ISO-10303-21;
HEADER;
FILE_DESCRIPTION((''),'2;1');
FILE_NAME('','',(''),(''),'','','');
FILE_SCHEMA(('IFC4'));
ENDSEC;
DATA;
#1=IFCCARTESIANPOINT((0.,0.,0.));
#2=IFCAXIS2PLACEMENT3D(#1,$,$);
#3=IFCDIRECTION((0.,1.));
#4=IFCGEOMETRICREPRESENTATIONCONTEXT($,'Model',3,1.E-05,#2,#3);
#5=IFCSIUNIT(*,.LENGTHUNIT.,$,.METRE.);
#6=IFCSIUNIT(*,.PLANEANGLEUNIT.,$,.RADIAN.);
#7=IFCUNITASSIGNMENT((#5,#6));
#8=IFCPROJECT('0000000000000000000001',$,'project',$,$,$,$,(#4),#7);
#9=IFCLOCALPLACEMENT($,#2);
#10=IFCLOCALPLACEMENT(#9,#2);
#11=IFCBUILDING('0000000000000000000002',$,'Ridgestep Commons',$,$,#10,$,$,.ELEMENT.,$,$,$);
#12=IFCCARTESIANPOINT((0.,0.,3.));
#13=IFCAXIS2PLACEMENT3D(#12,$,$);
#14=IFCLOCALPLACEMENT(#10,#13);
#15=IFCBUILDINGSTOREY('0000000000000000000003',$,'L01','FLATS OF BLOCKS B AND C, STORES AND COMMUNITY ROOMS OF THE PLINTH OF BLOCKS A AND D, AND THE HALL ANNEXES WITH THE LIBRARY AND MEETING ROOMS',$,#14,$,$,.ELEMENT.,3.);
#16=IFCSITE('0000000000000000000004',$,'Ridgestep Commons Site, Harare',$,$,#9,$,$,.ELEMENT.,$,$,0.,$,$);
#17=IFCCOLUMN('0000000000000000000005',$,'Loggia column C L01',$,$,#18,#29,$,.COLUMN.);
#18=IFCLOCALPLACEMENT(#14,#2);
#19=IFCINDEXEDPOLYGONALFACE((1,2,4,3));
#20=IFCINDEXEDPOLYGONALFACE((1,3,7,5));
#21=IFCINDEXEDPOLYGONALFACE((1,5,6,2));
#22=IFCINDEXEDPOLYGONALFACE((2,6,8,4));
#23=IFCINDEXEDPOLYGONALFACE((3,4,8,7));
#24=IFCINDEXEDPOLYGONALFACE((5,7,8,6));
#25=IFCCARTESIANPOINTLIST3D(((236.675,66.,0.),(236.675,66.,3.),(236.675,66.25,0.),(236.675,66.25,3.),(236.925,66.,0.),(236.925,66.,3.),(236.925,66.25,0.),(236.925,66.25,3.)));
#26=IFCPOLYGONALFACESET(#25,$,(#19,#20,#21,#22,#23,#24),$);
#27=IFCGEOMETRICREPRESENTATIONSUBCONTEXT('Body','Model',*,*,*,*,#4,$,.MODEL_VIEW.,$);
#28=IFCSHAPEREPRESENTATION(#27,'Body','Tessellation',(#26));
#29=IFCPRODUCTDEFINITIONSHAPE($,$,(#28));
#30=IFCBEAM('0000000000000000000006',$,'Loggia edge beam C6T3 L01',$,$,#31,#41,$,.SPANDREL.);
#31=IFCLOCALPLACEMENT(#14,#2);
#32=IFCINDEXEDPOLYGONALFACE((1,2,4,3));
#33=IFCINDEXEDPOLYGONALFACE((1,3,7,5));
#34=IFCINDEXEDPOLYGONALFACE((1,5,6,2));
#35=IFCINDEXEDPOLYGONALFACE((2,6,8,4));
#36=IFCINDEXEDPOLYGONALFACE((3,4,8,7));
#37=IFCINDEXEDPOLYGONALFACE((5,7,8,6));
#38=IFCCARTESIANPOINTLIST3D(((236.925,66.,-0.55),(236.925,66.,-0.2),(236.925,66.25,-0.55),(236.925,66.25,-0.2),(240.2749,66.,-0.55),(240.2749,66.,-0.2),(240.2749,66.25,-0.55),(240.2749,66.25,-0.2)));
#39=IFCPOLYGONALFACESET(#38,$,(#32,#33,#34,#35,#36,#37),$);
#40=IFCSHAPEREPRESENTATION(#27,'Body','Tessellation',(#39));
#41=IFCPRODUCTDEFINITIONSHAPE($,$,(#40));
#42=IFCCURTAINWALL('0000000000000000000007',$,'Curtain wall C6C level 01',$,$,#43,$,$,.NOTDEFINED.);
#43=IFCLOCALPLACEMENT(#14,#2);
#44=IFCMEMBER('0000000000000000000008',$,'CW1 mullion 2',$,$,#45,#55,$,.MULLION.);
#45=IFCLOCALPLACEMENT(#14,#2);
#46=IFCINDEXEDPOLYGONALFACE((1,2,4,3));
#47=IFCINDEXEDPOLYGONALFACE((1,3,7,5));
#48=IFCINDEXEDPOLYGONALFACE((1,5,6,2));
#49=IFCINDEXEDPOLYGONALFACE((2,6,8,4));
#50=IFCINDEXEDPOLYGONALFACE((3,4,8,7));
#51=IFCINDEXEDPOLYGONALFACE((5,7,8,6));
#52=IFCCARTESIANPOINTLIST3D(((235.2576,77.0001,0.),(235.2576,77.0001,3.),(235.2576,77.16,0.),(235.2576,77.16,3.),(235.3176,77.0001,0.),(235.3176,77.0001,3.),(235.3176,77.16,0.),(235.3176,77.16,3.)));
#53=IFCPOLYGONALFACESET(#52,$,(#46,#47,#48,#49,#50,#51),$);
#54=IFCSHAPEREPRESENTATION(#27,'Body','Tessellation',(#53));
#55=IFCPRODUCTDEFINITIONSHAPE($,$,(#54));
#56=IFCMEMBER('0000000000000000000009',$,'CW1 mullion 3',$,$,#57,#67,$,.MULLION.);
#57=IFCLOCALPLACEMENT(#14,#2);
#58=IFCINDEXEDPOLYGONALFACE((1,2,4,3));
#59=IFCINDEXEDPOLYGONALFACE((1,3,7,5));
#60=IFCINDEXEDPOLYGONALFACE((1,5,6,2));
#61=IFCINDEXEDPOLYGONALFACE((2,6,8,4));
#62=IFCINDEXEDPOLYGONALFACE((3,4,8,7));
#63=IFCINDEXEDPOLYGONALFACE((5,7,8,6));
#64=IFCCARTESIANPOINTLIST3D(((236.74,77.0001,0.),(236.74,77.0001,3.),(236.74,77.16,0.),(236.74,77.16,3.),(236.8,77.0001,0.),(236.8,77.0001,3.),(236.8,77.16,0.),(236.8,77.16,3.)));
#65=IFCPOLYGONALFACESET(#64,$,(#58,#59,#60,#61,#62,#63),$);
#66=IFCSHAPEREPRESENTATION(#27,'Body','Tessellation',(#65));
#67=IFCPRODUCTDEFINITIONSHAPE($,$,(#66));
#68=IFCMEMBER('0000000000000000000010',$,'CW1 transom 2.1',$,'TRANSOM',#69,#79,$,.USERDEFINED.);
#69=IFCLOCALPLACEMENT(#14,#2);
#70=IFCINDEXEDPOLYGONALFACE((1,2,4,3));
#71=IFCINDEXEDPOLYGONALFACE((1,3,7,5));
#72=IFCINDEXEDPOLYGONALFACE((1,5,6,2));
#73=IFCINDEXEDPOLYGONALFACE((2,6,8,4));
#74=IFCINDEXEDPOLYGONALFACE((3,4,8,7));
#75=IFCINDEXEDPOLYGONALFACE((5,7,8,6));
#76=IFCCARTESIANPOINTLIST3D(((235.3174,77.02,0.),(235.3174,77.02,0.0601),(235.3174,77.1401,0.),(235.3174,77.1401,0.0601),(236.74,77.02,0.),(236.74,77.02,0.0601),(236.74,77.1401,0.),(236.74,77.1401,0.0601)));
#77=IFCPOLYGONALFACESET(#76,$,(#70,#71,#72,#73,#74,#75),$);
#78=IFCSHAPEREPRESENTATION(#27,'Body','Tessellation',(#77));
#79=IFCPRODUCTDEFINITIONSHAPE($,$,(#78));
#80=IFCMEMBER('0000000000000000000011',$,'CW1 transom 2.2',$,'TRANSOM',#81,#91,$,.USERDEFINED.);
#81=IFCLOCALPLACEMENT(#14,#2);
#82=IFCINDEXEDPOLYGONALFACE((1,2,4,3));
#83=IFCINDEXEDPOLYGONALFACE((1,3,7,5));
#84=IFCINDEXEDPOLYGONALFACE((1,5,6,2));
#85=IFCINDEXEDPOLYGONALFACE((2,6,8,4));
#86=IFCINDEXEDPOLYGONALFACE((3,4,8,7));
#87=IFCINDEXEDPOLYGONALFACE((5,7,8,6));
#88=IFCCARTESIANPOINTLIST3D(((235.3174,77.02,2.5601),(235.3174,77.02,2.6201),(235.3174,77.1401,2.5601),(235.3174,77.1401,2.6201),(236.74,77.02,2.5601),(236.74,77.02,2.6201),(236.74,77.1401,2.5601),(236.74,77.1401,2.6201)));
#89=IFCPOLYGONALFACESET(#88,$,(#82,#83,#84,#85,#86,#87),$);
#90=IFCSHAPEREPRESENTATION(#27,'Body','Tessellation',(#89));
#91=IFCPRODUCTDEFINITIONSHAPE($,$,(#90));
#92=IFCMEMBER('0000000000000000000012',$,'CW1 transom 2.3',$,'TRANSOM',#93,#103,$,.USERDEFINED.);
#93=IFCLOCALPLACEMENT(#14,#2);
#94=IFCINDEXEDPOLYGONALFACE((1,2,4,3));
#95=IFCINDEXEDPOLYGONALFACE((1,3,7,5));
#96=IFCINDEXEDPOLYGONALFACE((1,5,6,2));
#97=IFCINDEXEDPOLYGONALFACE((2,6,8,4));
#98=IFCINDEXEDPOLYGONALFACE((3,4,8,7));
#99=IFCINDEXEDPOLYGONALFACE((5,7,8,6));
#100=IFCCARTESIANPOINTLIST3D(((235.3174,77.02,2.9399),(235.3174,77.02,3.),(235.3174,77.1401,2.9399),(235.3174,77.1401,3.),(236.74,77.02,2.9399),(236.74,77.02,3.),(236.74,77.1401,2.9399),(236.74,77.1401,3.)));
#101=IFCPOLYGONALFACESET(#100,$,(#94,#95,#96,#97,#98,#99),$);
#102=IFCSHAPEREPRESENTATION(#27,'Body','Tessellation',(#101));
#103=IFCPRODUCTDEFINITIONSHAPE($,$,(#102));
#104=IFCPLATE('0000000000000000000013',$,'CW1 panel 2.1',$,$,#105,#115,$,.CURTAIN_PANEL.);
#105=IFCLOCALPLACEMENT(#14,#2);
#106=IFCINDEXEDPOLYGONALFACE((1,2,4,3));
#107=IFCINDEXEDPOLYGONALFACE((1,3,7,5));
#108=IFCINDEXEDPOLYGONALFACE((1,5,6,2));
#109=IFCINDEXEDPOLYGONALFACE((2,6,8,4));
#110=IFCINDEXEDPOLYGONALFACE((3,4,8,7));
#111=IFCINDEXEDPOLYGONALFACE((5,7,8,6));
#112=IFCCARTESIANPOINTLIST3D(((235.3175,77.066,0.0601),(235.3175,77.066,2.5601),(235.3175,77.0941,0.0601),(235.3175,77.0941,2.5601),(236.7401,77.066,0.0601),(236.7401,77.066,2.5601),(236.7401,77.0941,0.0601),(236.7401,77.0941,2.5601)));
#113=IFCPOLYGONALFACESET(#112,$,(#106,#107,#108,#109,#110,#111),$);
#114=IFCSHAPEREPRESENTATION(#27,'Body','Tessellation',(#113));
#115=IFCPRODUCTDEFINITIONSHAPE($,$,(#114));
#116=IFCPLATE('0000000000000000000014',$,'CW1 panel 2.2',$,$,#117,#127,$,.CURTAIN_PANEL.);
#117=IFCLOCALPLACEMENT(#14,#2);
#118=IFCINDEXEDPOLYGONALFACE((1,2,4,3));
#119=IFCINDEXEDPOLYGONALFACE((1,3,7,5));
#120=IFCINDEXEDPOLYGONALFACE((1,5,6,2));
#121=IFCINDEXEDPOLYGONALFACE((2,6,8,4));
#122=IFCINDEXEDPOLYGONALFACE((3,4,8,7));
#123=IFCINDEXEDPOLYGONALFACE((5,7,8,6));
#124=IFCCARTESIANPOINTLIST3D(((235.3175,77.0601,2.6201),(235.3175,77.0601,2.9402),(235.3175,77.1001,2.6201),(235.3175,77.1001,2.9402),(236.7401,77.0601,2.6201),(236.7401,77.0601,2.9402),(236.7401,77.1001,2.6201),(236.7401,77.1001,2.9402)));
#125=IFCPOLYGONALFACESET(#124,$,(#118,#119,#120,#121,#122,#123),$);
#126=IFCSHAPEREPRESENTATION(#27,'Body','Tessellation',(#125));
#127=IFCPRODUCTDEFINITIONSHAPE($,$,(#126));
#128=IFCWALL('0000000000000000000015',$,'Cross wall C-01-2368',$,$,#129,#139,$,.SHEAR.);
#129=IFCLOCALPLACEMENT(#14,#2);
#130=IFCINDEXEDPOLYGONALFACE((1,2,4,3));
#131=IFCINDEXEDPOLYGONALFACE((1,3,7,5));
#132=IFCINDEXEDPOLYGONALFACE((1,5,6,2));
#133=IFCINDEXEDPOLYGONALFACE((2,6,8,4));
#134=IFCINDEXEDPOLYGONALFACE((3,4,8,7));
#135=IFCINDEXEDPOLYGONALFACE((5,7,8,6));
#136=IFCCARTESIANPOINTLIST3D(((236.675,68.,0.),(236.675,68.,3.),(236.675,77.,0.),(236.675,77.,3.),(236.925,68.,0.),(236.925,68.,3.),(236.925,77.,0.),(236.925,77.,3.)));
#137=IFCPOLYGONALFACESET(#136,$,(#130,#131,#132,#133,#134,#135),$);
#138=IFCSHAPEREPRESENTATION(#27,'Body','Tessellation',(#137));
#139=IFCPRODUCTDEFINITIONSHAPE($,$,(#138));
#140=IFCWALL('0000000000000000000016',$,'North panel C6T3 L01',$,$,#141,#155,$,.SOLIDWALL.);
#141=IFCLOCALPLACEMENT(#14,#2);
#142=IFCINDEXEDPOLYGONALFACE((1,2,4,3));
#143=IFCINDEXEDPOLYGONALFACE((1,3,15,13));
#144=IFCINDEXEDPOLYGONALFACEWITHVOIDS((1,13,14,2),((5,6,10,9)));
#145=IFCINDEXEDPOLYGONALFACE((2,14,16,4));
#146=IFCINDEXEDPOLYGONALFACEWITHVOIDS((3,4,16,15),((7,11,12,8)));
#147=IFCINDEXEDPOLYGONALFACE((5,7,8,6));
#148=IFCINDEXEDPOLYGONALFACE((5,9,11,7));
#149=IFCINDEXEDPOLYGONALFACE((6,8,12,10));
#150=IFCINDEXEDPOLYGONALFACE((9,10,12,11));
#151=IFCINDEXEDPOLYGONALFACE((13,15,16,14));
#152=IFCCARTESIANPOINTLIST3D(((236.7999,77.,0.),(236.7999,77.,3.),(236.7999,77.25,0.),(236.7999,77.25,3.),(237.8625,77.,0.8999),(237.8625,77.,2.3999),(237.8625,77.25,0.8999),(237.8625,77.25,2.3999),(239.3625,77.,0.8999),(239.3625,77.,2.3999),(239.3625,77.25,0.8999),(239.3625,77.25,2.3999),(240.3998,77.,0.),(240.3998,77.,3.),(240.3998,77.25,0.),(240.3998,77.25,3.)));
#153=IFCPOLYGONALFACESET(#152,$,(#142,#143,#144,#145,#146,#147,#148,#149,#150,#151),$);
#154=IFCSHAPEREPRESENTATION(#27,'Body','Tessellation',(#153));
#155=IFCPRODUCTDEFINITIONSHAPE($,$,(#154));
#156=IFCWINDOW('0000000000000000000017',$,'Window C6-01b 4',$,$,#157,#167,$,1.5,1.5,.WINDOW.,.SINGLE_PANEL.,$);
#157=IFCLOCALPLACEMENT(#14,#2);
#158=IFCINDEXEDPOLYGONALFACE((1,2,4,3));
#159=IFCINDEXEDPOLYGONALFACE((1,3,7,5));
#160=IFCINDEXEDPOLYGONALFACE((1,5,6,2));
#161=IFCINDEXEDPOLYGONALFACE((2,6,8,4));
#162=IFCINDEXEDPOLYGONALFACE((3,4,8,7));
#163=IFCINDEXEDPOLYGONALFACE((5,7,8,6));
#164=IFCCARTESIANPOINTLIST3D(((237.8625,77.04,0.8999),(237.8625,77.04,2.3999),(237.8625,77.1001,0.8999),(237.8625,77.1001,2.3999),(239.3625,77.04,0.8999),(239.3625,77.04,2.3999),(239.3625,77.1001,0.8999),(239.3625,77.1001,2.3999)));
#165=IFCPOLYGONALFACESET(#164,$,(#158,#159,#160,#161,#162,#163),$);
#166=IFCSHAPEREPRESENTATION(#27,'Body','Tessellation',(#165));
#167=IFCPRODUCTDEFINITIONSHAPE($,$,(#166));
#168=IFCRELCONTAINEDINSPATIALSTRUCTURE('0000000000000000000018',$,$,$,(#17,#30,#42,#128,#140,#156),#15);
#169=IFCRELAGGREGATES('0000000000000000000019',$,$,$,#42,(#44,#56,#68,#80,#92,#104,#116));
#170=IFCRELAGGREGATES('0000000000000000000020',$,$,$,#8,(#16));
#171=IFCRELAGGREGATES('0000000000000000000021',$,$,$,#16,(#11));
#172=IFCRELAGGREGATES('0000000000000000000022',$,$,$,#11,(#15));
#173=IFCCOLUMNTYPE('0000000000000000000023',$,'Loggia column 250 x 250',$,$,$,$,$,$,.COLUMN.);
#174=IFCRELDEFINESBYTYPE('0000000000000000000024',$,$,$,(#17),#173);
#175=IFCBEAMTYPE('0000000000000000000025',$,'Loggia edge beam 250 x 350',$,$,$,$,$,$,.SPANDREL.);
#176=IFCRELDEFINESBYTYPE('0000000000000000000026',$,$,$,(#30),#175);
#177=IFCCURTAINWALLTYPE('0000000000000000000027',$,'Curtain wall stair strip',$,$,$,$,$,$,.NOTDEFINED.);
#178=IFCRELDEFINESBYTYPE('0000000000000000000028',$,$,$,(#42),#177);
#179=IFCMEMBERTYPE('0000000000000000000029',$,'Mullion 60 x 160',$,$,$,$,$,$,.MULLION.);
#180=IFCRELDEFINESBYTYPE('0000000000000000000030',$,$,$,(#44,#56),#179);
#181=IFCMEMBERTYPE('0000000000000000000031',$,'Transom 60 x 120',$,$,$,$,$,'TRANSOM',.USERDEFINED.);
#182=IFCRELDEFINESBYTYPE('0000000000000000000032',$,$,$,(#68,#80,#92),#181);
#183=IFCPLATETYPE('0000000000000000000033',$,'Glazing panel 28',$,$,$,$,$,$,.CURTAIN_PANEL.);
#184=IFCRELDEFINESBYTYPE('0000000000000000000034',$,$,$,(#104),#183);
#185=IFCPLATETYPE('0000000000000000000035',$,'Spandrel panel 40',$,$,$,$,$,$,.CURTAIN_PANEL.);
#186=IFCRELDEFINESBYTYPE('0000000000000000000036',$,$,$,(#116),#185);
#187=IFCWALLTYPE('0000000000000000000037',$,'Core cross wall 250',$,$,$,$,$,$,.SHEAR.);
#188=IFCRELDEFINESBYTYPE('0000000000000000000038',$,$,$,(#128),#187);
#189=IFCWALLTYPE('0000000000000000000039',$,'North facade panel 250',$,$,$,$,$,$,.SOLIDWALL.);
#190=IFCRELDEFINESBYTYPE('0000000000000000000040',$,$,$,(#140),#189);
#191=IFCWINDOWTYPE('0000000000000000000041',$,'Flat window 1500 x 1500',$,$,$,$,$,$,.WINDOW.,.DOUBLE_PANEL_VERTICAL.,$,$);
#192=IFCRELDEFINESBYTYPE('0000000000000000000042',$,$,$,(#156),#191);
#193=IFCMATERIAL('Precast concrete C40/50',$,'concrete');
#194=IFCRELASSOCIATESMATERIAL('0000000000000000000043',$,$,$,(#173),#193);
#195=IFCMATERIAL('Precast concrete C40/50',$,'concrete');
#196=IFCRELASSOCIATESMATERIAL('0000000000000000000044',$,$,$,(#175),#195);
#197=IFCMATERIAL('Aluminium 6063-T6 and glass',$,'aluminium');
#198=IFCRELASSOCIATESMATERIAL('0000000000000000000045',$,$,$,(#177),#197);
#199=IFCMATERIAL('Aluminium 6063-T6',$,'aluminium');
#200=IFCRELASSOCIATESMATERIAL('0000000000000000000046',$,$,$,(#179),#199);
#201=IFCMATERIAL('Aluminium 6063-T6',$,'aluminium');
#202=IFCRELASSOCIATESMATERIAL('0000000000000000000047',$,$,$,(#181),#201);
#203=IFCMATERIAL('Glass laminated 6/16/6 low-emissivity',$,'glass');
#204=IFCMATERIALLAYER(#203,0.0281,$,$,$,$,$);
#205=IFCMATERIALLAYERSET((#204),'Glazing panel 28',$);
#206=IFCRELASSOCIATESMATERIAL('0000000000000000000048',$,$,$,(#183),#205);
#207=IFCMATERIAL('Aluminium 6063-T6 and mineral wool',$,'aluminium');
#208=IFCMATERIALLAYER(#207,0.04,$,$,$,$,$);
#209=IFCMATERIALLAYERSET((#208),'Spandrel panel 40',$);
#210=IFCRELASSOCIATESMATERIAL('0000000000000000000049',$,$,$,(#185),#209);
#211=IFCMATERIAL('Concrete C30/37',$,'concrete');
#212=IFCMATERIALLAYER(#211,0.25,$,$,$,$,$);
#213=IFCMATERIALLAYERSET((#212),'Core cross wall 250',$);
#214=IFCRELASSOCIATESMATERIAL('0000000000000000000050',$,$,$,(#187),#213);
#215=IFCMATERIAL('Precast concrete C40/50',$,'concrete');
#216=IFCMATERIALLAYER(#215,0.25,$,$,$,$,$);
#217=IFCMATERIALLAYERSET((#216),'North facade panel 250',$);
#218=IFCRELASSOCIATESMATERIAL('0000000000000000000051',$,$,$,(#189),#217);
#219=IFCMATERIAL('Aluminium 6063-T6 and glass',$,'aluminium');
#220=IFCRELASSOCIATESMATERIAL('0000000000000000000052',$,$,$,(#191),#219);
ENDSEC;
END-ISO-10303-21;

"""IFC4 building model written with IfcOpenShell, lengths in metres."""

from ifc_helpers import new_model, si_unit, direction, frame, frame_2d, origin, origin_2d, place, context, subcontext, project, spatial, rectangle, extrude, material, layer, layer_set, material_profile, profile_set, type_object, element, fill, aggregate, save


model = new_model("IFC4")

# Units and contexts
model_context = context("Model", 3, precision=1e-05, world=origin(), true_north=direction((0.0, 1.0)))
body_context = subcontext(model_context, "Body", "Model", "MODEL_VIEW")
ifc_project = project(units=[si_unit("LENGTHUNIT", "METRE"), si_unit("PLANEANGLEUNIT", "RADIAN")], contexts=[model_context])

# Site, building, storey
site_placement = place(None, origin())
site = spatial("IfcSite", under=ifc_project, at=site_placement, Name="Ridgestep Commons Site, Harare", CompositionType="ELEMENT", RefElevation=0.0)
building_placement = place(site_placement, origin())
building = spatial("IfcBuilding", under=site, at=building_placement, Name="Ridgestep Commons", CompositionType="ELEMENT")
storey_placement = place(building_placement, frame((0.0, 0.0, 3.0)))
storey = spatial("IfcBuildingStorey", under=building, at=storey_placement, Name="L01", Description="FLATS OF BLOCKS B AND C, STORES AND COMMUNITY ROOMS OF THE PLINTH OF BLOCKS A AND D, AND THE HALL ANNEXES WITH THE LIBRARY AND MEETING ROOMS", CompositionType="ELEMENT", Elevation=3.0)

# Column
ifc_material_1 = material(Name="Precast concrete C40/50", Category="concrete")
ifc_material_profile_1 = material_profile(ifc_material_1, rectangle(XDim=0.25, YDim=0.25, at=origin_2d()), Name="PC 250x250")
ifc_profile_set_1 = profile_set([ifc_material_profile_1], Name="Precast concrete C40/50")
column_type = type_object("IfcColumnType", Name="Loggia column 250 x 250", PredefinedType="COLUMN", material=ifc_profile_set_1)
column_placement = place(storey_placement, frame((236.8, 66.125, 0.0), z_axis=(0.0, 0.0, 1.0), x_axis=(1.0, 0.0, 0.0)))
element("IfcColumn", 1, at=column_placement, inside=storey, type_object=column_type, Name="Loggia column C L01", PredefinedType="COLUMN", context=body_context, shape_type="SweptSolid", body=[
    extrude(rectangle(XDim=0.25, YDim=0.25, at=origin_2d()), origin(), (0.0, 0.0, 1.0), 3.0),
])

# Beam
ifc_material_2 = material(Name="Precast concrete C40/50", Category="concrete")
ifc_material_profile_2 = material_profile(ifc_material_2, rectangle(XDim=0.25, YDim=0.3501, at=origin_2d()), Name="PC 250x350")
ifc_profile_set_2 = profile_set([ifc_material_profile_2], Name="Precast concrete C40/50")
beam_type = type_object("IfcBeamType", Name="Loggia edge beam 250 x 350", PredefinedType="SPANDREL", material=ifc_profile_set_2)
beam_placement = place(storey_placement, frame((236.925, 66.125, -0.375), z_axis=(1.0, 0.0, 0.0), x_axis=(0.0, 1.0, 0.0)))
element("IfcBeam", 2, at=beam_placement, inside=storey, type_object=beam_type, Name="Loggia edge beam C6T3 L01", PredefinedType="SPANDREL", context=body_context, shape_type="SweptSolid", body=[
    extrude(rectangle(XDim=0.25, YDim=0.3501, at=origin_2d()), origin(), (0.0, 0.0, 1.0), 3.3499),
])

# Curtain wall, members, plates
ifc_material_3 = material(Name="Aluminium 6063-T6 and glass", Category="aluminium")
curtain_wall_type = type_object("IfcCurtainWallType", Name="Curtain wall stair strip", PredefinedType="NOTDEFINED", material=ifc_material_3)
curtain_wall_placement = place(storey_placement, origin())
curtain_wall = element("IfcCurtainWall", 3, at=curtain_wall_placement, inside=storey, type_object=curtain_wall_type, Name="Curtain wall C6C level 01", PredefinedType="NOTDEFINED")
ifc_material_4 = material(Name="Aluminium 6063-T6", Category="aluminium")
ifc_material_profile_3 = material_profile(ifc_material_4, rectangle(XDim=0.1599, YDim=0.0601, at=origin_2d()), Name="Mullion 60 x 160")
ifc_profile_set_3 = profile_set([ifc_material_profile_3], Name="Aluminium 6063-T6")
member_type_1 = type_object("IfcMemberType", Name="Mullion 60 x 160", PredefinedType="MULLION", material=ifc_profile_set_3)
member_1_placement = place(storey_placement, frame((235.2876, 77.0801, 0.0), z_axis=(0.0, 0.0, 1.0), x_axis=(0.0, 1.0, 0.0)))
member_1 = element("IfcMember", 4, at=member_1_placement, type_object=member_type_1, Name="CW1 mullion 2", PredefinedType="MULLION", context=body_context, shape_type="SweptSolid", body=[
    extrude(rectangle(XDim=0.1599, YDim=0.0601, at=origin_2d()), origin(), (0.0, 0.0, 1.0), 3.0),
])
member_2_placement = place(storey_placement, frame((236.77, 77.0801, 0.0), z_axis=(0.0, 0.0, 1.0), x_axis=(0.0, 1.0, 0.0)))
member_2 = element("IfcMember", 5, at=member_2_placement, type_object=member_type_1, Name="CW1 mullion 3", PredefinedType="MULLION", context=body_context, shape_type="SweptSolid", body=[
    extrude(rectangle(XDim=0.1599, YDim=0.0601, at=origin_2d()), origin(), (0.0, 0.0, 1.0), 3.0),
])
ifc_material_5 = material(Name="Aluminium 6063-T6", Category="aluminium")
ifc_material_profile_4 = material_profile(ifc_material_5, rectangle(XDim=0.1201, YDim=0.0601, at=origin_2d()), Name="Transom 60 x 120")
ifc_profile_set_4 = profile_set([ifc_material_profile_4], Name="Aluminium 6063-T6")
member_type_2 = type_object("IfcMemberType", Name="Transom 60 x 120", ElementType="TRANSOM", PredefinedType="USERDEFINED", material=ifc_profile_set_4)
member_3_placement = place(storey_placement, frame((235.3174, 77.0801, 0.03), z_axis=(1.0, 0.0, 0.0), x_axis=(0.0, 1.0, 0.0)))
member_3 = element("IfcMember", 6, at=member_3_placement, type_object=member_type_2, Name="CW1 transom 2.1", ObjectType="TRANSOM", PredefinedType="USERDEFINED", context=body_context, shape_type="SweptSolid", body=[
    extrude(rectangle(XDim=0.1201, YDim=0.0601, at=origin_2d()), origin(), (0.0, 0.0, 1.0), 1.4226),
])
member_4_placement = place(storey_placement, frame((235.3174, 77.0801, 2.5901), z_axis=(1.0, 0.0, 0.0), x_axis=(0.0, 1.0, 0.0)))
member_4 = element("IfcMember", 7, at=member_4_placement, type_object=member_type_2, Name="CW1 transom 2.2", ObjectType="TRANSOM", PredefinedType="USERDEFINED", context=body_context, shape_type="SweptSolid", body=[
    extrude(rectangle(XDim=0.1201, YDim=0.0601, at=origin_2d()), origin(), (0.0, 0.0, 1.0), 1.4226),
])
member_5_placement = place(storey_placement, frame((235.3174, 77.0801, 2.97), z_axis=(1.0, 0.0, 0.0), x_axis=(0.0, 1.0, 0.0)))
member_5 = element("IfcMember", 8, at=member_5_placement, type_object=member_type_2, Name="CW1 transom 2.3", ObjectType="TRANSOM", PredefinedType="USERDEFINED", context=body_context, shape_type="SweptSolid", body=[
    extrude(rectangle(XDim=0.1201, YDim=0.0601, at=origin_2d()), origin(), (0.0, 0.0, 1.0), 1.4226),
])
ifc_material_6 = material(Name="Glass laminated 6/16/6 low-emissivity", Category="glass")
ifc_layer_1 = layer(ifc_material_6, 0.0281)
ifc_layer_set_1 = layer_set([ifc_layer_1], Name="Glazing panel 28")
plate_type_1 = type_object("IfcPlateType", Name="Glazing panel 28", PredefinedType="CURTAIN_PANEL", material=ifc_layer_set_1)
plate_1_placement = place(storey_placement, frame((236.0288, 77.0801, 0.0601), z_axis=(0.0, 0.0, 1.0), x_axis=(1.0, 0.0, 0.0)))
plate_1 = element("IfcPlate", 9, at=plate_1_placement, type_object=plate_type_1, Name="CW1 panel 2.1", PredefinedType="CURTAIN_PANEL", context=body_context, shape_type="SweptSolid", body=[
    extrude(rectangle(XDim=1.4226, YDim=0.0281, at=origin_2d()), origin(), (0.0, 0.0, 1.0), 2.5),
])
ifc_material_7 = material(Name="Aluminium 6063-T6 and mineral wool", Category="aluminium")
ifc_layer_2 = layer(ifc_material_7, 0.04)
ifc_layer_set_2 = layer_set([ifc_layer_2], Name="Spandrel panel 40")
plate_type_2 = type_object("IfcPlateType", Name="Spandrel panel 40", PredefinedType="CURTAIN_PANEL", material=ifc_layer_set_2)
plate_2_placement = place(storey_placement, frame((236.0288, 77.0801, 2.6201), z_axis=(0.0, 0.0, 1.0), x_axis=(1.0, 0.0, 0.0)))
plate_2 = element("IfcPlate", 10, at=plate_2_placement, type_object=plate_type_2, Name="CW1 panel 2.2", PredefinedType="CURTAIN_PANEL", context=body_context, shape_type="SweptSolid", body=[
    extrude(rectangle(XDim=1.4226, YDim=0.04, at=origin_2d()), origin(), (0.0, 0.0, 1.0), 0.3201),
])
aggregate(curtain_wall, [member_1, member_2, member_3, member_4, member_5, plate_1, plate_2])

# Wall
ifc_material_8 = material(Name="Concrete C30/37", Category="concrete")
ifc_layer_3 = layer(ifc_material_8, 0.25)
ifc_layer_set_3 = layer_set([ifc_layer_3], Name="Core cross wall 250")
wall_type_1 = type_object("IfcWallType", Name="Core cross wall 250", PredefinedType="SHEAR", material=ifc_layer_set_3)
wall_1_placement = place(storey_placement, frame((236.8, 68.0, 0.0), z_axis=(0.0, 0.0, 1.0), x_axis=(0.0, 1.0, 0.0)))
element("IfcWall", 11, at=wall_1_placement, inside=storey, type_object=wall_type_1, Name="Cross wall C-01-2368", PredefinedType="SHEAR", context=body_context, shape_type="SweptSolid", body=[
    extrude(rectangle(XDim=9.0, YDim=0.25, at=frame_2d((4.5, 0.0))), origin(), (0.0, 0.0, 1.0), 3.0),
])

# Wall, opening, window
ifc_material_9 = material(Name="Precast concrete C40/50", Category="concrete")
ifc_layer_4 = layer(ifc_material_9, 0.25)
ifc_layer_set_4 = layer_set([ifc_layer_4], Name="North facade panel 250")
wall_type_2 = type_object("IfcWallType", Name="North facade panel 250", PredefinedType="SOLIDWALL", material=ifc_layer_set_4)
wall_2_placement = place(storey_placement, frame((236.8, 77.125, 0.0), z_axis=(0.0, 0.0, 1.0), x_axis=(1.0, 0.0, 0.0)))
wall_2 = element("IfcWall", 12, at=wall_2_placement, inside=storey, type_object=wall_type_2, Name="North panel C6T3 L01", PredefinedType="SOLIDWALL", context=body_context, shape_type="SweptSolid", body=[
    extrude(rectangle(XDim=3.5999, YDim=0.25, at=frame_2d((1.7998, 0.0))), origin(), (0.0, 0.0, 1.0), 3.0),
])
opening_1_placement = place(wall_2_placement, frame((1.0625, 0.0, 0.8999)))
opening_1 = element("IfcOpeningElement", 13, at=opening_1_placement, cuts=wall_2, PredefinedType="OPENING", context=body_context, shape_type="SweptSolid", body=[
    extrude(rectangle(XDim=1.5, YDim=1.5, at=frame_2d((0.75, 0.75))), frame((0.0, 0.135, 0.0), z_axis=(0.0, -1.0, 0.0), x_axis=(1.0, 0.0, 0.0)), (0.0, 0.0, 1.0), 0.27),
])
ifc_material_10 = material(Name="Aluminium 6063-T6 and glass", Category="aluminium")
window_type_1 = type_object("IfcWindowType", Name="Flat window 1500 x 1500", PartitioningType="DOUBLE_PANEL_VERTICAL", PredefinedType="WINDOW", material=ifc_material_10)
window_1_placement = place(opening_1_placement, origin())
window_1 = element("IfcWindow", 14, at=window_1_placement, inside=storey, type_object=window_type_1, Name="Window C6-01b 4", OverallHeight=1.5, OverallWidth=1.5, PartitioningType="SINGLE_PANEL", PredefinedType="WINDOW", context=body_context, shape_type="SweptSolid", body=[
    extrude(rectangle(XDim=1.5, YDim=1.5, at=frame_2d((0.75, 0.75))), frame((0.0, -0.0249, 0.0), z_axis=(0.0, -1.0, 0.0), x_axis=(1.0, 0.0, 0.0)), (0.0, 0.0, 1.0), 0.0601),
])
fill(opening_1, window_1)

save(model, "model.ifc")
